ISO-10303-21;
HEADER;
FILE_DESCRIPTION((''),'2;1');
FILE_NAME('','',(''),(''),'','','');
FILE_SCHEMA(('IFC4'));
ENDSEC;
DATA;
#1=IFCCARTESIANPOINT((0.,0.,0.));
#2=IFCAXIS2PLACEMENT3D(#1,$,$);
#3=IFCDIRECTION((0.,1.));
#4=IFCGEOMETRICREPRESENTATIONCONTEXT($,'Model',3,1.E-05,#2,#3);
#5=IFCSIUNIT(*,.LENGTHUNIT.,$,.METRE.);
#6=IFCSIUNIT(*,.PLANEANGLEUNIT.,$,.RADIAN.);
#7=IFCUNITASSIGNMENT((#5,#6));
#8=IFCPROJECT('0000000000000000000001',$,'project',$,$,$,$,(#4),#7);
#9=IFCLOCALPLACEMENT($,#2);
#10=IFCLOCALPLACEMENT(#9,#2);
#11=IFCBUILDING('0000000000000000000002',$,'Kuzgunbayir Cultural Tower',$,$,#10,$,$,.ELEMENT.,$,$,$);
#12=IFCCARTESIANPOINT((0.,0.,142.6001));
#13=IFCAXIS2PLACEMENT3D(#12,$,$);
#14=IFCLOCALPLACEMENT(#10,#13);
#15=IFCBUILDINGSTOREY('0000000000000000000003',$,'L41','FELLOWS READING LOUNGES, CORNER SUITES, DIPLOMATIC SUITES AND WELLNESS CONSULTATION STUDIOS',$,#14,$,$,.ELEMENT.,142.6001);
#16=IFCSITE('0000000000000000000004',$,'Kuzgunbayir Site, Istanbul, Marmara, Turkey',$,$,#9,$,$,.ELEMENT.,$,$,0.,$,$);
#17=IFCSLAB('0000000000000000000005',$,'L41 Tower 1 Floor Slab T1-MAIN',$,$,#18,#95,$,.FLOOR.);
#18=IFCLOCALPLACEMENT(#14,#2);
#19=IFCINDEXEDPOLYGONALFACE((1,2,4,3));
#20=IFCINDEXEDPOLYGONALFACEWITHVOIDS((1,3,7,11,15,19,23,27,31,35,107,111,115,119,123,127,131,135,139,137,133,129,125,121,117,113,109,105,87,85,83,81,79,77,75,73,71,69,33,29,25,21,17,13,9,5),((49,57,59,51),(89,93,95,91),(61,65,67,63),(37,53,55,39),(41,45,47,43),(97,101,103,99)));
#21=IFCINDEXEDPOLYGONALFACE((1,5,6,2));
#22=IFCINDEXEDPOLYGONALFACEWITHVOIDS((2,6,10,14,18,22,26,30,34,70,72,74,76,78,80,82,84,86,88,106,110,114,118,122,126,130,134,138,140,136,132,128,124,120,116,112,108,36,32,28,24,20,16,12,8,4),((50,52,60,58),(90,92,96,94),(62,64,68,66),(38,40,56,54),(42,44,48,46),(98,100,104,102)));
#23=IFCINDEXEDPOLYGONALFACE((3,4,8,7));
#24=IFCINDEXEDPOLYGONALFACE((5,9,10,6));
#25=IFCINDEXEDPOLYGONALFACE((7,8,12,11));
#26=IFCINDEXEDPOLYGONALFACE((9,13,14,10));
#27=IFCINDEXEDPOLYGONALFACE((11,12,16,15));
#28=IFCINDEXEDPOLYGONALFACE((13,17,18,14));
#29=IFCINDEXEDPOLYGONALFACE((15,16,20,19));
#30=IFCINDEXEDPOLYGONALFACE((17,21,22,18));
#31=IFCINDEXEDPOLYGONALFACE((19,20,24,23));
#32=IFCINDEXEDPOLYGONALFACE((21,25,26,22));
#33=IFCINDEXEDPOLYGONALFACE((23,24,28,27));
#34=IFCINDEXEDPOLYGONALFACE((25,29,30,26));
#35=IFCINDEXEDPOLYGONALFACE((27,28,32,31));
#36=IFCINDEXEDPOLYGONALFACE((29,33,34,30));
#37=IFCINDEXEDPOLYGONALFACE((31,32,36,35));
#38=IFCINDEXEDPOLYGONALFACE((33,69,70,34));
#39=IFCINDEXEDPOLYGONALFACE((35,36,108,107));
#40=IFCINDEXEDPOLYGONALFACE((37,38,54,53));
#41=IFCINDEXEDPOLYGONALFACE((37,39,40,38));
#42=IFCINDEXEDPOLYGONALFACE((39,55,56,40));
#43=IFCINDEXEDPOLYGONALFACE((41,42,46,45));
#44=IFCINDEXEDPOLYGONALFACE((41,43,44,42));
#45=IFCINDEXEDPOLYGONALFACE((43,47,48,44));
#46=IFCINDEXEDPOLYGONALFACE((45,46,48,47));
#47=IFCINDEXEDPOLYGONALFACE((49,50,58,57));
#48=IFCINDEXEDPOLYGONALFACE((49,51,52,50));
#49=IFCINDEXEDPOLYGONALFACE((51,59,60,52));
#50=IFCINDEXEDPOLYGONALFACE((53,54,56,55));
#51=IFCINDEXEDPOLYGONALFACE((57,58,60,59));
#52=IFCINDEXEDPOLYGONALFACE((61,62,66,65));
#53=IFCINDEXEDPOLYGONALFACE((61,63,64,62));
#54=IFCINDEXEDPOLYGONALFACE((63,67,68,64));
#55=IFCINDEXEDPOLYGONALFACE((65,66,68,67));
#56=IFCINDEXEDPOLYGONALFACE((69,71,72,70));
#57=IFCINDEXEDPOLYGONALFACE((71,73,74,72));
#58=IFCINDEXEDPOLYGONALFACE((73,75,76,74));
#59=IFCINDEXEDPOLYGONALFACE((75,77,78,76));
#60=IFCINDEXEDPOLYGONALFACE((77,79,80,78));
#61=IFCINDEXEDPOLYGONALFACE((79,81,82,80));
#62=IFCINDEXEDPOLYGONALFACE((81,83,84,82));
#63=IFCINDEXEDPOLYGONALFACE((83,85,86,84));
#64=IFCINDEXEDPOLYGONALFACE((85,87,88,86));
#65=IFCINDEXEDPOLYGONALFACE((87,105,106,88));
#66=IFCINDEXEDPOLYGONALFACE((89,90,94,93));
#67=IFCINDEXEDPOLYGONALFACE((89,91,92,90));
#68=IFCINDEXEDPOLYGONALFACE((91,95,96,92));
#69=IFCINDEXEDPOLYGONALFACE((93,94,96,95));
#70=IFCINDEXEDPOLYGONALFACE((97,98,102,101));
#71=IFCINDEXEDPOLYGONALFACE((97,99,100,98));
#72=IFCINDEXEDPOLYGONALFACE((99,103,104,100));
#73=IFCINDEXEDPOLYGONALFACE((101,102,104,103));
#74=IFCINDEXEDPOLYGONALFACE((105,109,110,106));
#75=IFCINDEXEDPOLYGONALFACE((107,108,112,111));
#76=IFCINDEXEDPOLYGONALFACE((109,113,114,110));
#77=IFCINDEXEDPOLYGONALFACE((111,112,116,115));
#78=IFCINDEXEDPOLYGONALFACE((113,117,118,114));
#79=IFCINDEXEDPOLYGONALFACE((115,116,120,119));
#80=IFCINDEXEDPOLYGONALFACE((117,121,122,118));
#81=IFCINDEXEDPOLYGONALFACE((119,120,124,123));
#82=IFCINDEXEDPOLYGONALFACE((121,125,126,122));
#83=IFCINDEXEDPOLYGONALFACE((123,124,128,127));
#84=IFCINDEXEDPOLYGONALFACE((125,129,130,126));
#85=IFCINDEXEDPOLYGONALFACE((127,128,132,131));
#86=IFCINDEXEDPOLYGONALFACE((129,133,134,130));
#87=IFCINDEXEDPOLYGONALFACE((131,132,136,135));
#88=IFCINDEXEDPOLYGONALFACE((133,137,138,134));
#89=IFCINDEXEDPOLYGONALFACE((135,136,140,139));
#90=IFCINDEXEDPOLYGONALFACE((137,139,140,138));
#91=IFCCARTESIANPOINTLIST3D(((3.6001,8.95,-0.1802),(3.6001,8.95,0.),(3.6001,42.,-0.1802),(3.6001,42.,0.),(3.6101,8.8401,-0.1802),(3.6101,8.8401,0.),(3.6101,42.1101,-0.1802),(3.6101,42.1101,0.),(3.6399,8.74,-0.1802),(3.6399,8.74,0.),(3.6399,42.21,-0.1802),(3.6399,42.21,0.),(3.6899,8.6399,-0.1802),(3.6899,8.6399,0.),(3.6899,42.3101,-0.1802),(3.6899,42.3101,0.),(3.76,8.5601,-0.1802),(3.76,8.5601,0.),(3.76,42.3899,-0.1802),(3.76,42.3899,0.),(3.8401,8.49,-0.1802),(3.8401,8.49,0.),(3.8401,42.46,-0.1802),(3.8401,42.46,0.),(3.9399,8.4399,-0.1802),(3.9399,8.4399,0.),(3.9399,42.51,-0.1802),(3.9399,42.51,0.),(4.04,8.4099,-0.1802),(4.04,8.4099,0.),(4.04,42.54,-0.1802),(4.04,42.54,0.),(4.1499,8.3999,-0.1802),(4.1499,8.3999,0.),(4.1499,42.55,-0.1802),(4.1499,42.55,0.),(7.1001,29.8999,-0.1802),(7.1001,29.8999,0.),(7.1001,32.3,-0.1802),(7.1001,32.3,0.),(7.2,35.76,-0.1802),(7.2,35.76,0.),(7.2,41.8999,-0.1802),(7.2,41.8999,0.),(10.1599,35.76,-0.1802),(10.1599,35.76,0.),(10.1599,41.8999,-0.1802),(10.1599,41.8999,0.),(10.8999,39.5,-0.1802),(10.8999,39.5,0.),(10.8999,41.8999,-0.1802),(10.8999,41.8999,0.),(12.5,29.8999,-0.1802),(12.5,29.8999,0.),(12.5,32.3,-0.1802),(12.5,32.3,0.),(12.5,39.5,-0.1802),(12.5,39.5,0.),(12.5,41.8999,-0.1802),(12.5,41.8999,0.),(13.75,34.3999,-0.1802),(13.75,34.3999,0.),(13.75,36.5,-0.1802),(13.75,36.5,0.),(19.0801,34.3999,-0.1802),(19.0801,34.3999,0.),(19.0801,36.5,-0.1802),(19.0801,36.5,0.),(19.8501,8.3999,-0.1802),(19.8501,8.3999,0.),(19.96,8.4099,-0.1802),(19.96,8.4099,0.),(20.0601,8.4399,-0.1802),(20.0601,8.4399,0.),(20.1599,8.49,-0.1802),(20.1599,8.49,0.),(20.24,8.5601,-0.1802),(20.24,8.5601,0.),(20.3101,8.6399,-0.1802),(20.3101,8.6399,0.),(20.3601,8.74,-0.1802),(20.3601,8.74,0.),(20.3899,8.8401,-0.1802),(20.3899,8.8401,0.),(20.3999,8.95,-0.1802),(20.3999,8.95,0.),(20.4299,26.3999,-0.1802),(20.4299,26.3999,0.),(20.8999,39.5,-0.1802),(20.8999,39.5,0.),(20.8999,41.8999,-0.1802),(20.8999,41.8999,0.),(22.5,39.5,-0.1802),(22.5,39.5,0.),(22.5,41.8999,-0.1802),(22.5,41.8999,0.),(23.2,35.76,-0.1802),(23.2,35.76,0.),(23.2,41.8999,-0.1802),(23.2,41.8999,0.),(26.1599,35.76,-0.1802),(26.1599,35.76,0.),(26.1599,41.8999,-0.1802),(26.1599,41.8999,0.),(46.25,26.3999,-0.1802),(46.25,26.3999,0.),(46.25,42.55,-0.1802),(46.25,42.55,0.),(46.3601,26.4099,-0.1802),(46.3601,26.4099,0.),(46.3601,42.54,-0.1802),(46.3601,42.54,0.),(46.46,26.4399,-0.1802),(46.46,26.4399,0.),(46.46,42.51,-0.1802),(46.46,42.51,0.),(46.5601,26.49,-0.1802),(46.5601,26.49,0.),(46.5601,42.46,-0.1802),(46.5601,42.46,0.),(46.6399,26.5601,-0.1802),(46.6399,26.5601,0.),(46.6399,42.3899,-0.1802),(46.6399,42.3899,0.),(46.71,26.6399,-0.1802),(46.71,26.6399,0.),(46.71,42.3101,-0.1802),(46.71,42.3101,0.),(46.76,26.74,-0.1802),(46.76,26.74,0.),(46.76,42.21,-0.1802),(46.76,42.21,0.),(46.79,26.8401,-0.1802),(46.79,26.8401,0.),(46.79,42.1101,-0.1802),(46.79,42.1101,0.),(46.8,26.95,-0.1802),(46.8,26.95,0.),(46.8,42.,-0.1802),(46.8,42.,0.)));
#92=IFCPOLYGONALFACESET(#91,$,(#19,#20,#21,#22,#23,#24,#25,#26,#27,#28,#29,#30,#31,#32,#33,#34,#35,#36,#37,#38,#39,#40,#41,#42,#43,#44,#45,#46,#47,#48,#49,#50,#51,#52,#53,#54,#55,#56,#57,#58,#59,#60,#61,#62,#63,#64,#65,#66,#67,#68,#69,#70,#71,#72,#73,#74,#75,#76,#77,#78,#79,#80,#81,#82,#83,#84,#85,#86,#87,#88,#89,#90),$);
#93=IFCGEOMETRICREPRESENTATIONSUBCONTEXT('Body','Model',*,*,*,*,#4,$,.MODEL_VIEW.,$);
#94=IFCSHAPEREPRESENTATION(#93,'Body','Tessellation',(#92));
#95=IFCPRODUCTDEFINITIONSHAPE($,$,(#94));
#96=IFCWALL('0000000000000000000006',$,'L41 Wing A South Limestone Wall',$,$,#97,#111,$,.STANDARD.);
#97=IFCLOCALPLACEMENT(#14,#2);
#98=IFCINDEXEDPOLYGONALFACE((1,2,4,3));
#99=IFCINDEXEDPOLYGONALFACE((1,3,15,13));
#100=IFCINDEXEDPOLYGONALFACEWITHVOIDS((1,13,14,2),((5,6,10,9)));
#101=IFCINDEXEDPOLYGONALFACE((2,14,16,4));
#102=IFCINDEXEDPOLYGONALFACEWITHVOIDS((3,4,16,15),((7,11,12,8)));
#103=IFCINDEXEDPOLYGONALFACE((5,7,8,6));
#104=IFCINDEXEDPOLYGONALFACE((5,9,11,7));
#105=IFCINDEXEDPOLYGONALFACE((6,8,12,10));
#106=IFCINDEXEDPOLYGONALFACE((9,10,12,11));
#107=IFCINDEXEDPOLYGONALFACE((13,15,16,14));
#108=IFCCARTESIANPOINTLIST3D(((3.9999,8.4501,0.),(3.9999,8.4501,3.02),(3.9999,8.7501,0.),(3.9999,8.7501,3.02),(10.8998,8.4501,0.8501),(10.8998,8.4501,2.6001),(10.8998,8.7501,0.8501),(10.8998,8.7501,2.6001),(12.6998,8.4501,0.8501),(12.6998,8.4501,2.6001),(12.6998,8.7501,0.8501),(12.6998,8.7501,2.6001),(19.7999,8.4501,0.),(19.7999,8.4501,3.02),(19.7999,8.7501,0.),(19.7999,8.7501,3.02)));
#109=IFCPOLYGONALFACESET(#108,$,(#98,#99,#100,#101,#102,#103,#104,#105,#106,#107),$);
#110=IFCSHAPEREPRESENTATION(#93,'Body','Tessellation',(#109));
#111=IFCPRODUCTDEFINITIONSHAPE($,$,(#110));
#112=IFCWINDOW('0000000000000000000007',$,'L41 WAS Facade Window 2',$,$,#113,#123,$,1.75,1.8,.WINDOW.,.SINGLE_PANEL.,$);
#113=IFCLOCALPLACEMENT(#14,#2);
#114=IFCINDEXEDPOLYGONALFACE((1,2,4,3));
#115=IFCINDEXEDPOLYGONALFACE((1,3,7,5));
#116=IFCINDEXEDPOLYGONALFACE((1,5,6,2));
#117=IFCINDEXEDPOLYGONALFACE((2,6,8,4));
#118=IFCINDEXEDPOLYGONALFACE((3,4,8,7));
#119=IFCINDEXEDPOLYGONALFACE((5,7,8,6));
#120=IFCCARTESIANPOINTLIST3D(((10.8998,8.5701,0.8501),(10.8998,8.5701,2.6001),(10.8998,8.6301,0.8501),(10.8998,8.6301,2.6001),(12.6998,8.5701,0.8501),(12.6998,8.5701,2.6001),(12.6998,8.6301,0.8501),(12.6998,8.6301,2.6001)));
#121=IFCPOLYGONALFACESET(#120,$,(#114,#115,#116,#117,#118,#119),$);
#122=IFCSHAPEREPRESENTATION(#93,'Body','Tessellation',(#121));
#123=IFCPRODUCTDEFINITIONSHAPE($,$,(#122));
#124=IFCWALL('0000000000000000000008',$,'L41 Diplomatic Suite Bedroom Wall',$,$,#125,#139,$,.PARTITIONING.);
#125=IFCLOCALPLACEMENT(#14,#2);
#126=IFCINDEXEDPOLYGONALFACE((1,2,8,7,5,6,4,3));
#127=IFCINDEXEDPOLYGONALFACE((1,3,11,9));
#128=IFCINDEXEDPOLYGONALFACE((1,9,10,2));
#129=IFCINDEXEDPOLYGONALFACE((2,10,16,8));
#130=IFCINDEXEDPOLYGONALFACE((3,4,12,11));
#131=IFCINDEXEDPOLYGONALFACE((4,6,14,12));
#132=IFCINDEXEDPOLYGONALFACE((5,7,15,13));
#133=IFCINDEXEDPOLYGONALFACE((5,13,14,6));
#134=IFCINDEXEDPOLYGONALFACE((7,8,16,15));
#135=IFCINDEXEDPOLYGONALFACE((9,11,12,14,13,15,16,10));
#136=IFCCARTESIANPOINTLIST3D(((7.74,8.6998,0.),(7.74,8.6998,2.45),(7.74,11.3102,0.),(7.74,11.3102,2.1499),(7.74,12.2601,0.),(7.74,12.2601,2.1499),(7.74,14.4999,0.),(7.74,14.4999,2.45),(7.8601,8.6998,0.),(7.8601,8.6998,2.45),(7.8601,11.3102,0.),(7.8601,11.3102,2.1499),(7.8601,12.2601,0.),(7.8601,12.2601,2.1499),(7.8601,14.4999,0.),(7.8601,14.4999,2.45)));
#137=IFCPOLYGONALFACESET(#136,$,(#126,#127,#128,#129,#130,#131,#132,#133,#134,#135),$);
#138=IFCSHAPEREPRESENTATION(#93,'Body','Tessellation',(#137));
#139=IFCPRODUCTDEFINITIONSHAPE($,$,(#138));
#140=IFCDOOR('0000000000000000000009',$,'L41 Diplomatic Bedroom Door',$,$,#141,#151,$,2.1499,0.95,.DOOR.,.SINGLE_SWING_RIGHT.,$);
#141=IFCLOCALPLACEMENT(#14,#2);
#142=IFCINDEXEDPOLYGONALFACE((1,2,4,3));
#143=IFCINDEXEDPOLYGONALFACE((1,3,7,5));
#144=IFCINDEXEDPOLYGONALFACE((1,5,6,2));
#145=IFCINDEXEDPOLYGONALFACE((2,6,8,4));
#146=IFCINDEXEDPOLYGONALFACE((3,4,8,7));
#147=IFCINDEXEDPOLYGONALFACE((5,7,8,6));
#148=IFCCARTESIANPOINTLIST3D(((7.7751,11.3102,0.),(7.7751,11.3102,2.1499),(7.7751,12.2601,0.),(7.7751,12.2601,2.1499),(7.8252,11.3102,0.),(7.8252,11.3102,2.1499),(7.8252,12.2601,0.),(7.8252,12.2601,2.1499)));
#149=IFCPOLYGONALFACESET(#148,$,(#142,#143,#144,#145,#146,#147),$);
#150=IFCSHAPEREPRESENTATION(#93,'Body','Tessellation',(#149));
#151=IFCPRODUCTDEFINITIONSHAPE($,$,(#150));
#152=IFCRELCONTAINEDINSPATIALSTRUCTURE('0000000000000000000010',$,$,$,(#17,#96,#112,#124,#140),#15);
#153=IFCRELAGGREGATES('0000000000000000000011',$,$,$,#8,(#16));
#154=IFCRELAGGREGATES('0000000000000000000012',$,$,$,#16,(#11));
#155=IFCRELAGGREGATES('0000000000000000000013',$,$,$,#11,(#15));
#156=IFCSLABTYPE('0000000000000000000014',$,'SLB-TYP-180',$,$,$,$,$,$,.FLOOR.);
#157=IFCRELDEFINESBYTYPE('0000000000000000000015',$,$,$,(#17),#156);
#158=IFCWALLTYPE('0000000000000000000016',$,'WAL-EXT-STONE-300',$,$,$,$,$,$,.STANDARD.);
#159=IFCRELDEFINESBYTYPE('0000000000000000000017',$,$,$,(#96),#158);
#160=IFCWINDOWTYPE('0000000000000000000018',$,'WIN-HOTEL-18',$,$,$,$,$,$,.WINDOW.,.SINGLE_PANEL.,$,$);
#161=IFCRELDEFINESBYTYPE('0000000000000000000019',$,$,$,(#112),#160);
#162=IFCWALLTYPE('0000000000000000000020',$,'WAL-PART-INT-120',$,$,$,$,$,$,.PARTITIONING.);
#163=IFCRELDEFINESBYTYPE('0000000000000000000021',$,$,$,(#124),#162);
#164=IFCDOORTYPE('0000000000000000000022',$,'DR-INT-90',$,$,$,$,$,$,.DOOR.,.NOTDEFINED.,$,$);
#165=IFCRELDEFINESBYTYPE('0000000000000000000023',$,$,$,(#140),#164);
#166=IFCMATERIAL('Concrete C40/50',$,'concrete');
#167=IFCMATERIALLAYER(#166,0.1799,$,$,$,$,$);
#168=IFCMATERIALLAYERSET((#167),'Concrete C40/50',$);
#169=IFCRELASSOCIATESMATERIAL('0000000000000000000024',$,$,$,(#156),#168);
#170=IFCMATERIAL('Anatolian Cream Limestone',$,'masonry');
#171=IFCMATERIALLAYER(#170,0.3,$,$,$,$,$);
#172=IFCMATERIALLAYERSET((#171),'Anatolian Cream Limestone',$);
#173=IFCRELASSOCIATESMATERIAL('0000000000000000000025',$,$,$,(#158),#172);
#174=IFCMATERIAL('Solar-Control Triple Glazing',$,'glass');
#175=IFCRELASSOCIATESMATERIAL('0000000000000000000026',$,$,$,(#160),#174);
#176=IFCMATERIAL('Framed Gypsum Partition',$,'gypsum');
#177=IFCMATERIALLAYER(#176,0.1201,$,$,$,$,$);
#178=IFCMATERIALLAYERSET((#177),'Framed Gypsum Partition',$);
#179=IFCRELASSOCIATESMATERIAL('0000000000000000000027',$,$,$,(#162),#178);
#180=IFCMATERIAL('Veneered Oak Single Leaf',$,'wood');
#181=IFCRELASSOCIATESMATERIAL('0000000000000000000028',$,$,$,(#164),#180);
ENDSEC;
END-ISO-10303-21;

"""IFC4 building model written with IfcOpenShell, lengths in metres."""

from ifc_helpers import new_model, si_unit, direction, frame, frame_2d, origin, place, context, subcontext, project, spatial, polyline, rectangle, outline, extrude, material, layer, layer_set, type_object, element, fill, save


model = new_model("IFC4")

# Units and contexts
model_context = context("Model", 3, precision=1e-05, world=origin(), true_north=direction((0.0, 1.0)))
body_context = subcontext(model_context, "Body", "Model", "MODEL_VIEW")
ifc_project = project(units=[si_unit("LENGTHUNIT", "METRE"), si_unit("PLANEANGLEUNIT", "RADIAN")], contexts=[model_context])

# Site, building, storey
site_placement = place(None, origin())
site = spatial("IfcSite", under=ifc_project, at=site_placement, Name="Kuzgunbayir Site, Istanbul, Marmara, Turkey", CompositionType="ELEMENT", RefElevation=0.0)
building_placement = place(site_placement, origin())
building = spatial("IfcBuilding", under=site, at=building_placement, Name="Kuzgunbayir Cultural Tower", CompositionType="ELEMENT")
storey_placement = place(building_placement, frame((0.0, 0.0, 142.6001)))
storey = spatial("IfcBuildingStorey", under=building, at=storey_placement, Name="L41", Description="FELLOWS READING LOUNGES, CORNER SUITES, DIPLOMATIC SUITES AND WELLNESS CONSULTATION STUDIOS", CompositionType="ELEMENT", Elevation=142.6001)

# Shared definitions
ifc_material_1 = material(Name="Concrete C40/50", Category="concrete")

# Slab
ifc_layer_1 = layer(ifc_material_1, 0.1799)
ifc_layer_set_1 = layer_set([ifc_layer_1], Name="Concrete C40/50")
slab_type_1 = type_object("IfcSlabType", Name="SLB-TYP-180", PredefinedType="FLOOR", material=ifc_layer_set_1)
slab_1_placement = place(storey_placement, frame((0.0, 0.0, -0.1802)))
element("IfcSlab", 1, at=slab_1_placement, inside=storey, type_object=slab_type_1, Name="L41 Tower 1 Floor Slab T1-MAIN", PredefinedType="FLOOR", context=body_context, shape_type="SweptSolid", body=[
    extrude(outline(polyline([(20.3999, 8.95), (20.3899, 8.8401), (20.3601, 8.74), (20.3101, 8.6399), (20.24, 8.5601), (20.1599, 8.49), (20.0601, 8.4399), (19.96, 8.4099), (19.8501, 8.3999), (4.1499, 8.3999), (4.04, 8.4099), (3.9399, 8.4399), (3.8401, 8.49), (3.76, 8.5601), (3.6899, 8.6399), (3.6399, 8.74), (3.6101, 8.8401), (3.6001, 8.95), (3.6001, 42.0), (3.6101, 42.1101), (3.6399, 42.21), (3.6899, 42.3101), (3.76, 42.3899), (3.8401, 42.46), (3.9399, 42.51), (4.04, 42.54), (4.1499, 42.55), (46.25, 42.55), (46.3601, 42.54), (46.46, 42.51), (46.5601, 42.46), (46.6399, 42.3899), (46.71, 42.3101), (46.76, 42.21), (46.79, 42.1101), (46.8, 42.0), (46.8, 26.95), (46.79, 26.8401), (46.76, 26.74), (46.71, 26.6399), (46.6399, 26.5601), (46.5601, 26.49), (46.46, 26.4399), (46.3601, 26.4099), (46.25, 26.3999), (20.4299, 26.3999), (20.3999, 8.95)]), holes=[polyline([(7.2, 35.76), (7.2, 41.8999), (10.1599, 41.8999), (10.1599, 35.76), (7.2, 35.76)]), polyline([(23.2, 35.76), (23.2, 41.8999), (26.1599, 41.8999), (26.1599, 35.76), (23.2, 35.76)]), polyline([(13.75, 34.3999), (13.75, 36.5), (19.0801, 36.5), (19.0801, 34.3999), (13.75, 34.3999)]), polyline([(7.1001, 29.8999), (7.1001, 32.3), (12.5, 32.3), (12.5, 29.8999), (7.1001, 29.8999)]), polyline([(10.8999, 39.5), (10.8999, 41.8999), (12.5, 41.8999), (12.5, 39.5), (10.8999, 39.5)]), polyline([(20.8999, 39.5), (20.8999, 41.8999), (22.5, 41.8999), (22.5, 39.5), (20.8999, 39.5)])]), origin(), (0.0, 0.0, 1.0), 0.1802),
])

# Wall, opening, window
ifc_material_2 = material(Name="Anatolian Cream Limestone", Category="masonry")
ifc_layer_2 = layer(ifc_material_2, 0.3)
ifc_layer_set_2 = layer_set([ifc_layer_2], Name="Anatolian Cream Limestone")
wall_type_1 = type_object("IfcWallType", Name="WAL-EXT-STONE-300", PredefinedType="STANDARD", material=ifc_layer_set_2)
wall_1_placement = place(storey_placement, frame((4.0, 8.6001, 0.0), z_axis=(0.0, 0.0, 1.0), x_axis=(1.0, 0.0, 0.0)))
wall_1 = element("IfcWall", 2, at=wall_1_placement, inside=storey, type_object=wall_type_1, Name="L41 Wing A South Limestone Wall", PredefinedType="STANDARD", context=body_context, shape_type="SweptSolid", body=[
    extrude(rectangle(XDim=15.8, YDim=0.3, at=frame_2d((7.8999, 0.0))), origin(), (0.0, 0.0, 1.0), 3.02),
])
opening_1_placement = place(wall_1_placement, frame((6.8999, 0.0, 0.8501)))
opening_1 = element("IfcOpeningElement", 3, at=opening_1_placement, cuts=wall_1, PredefinedType="OPENING", context=body_context, shape_type="SweptSolid", body=[
    extrude(rectangle(XDim=1.8, YDim=1.75, at=frame_2d((0.8999, 0.875))), frame((0.0, 0.1602, 0.0), z_axis=(0.0, -1.0, 0.0), x_axis=(1.0, 0.0, 0.0)), (0.0, 0.0, 1.0), 0.3201),
])
ifc_material_3 = material(Name="Solar-Control Triple Glazing", Category="glass")
window_type = type_object("IfcWindowType", Name="WIN-HOTEL-18", PartitioningType="SINGLE_PANEL", PredefinedType="WINDOW", material=ifc_material_3)
window_placement = place(opening_1_placement, origin())
window = element("IfcWindow", 4, at=window_placement, inside=storey, type_object=window_type, Name="L41 WAS Facade Window 2", OverallHeight=1.75, OverallWidth=1.8, PartitioningType="SINGLE_PANEL", PredefinedType="WINDOW", context=body_context, shape_type="SweptSolid", body=[
    extrude(rectangle(XDim=1.8, YDim=1.75, at=frame_2d((0.8999, 0.875))), frame((0.0, 0.03, 0.0), z_axis=(0.0, -1.0, 0.0), x_axis=(1.0, 0.0, 0.0)), (0.0, 0.0, 1.0), 0.0601),
])
fill(opening_1, window)

# Wall, opening, door
ifc_material_4 = material(Name="Framed Gypsum Partition", Category="gypsum")
ifc_layer_3 = layer(ifc_material_4, 0.1201)
ifc_layer_set_3 = layer_set([ifc_layer_3], Name="Framed Gypsum Partition")
wall_type_2 = type_object("IfcWallType", Name="WAL-PART-INT-120", PredefinedType="PARTITIONING", material=ifc_layer_set_3)
wall_2_placement = place(storey_placement, frame((7.8, 8.7, 0.0), z_axis=(0.0, 0.0, 1.0), x_axis=(0.0, 1.0, 0.0)))
wall_2 = element("IfcWall", 5, at=wall_2_placement, inside=storey, type_object=wall_type_2, Name="L41 Diplomatic Suite Bedroom Wall", PredefinedType="PARTITIONING", context=body_context, shape_type="SweptSolid", body=[
    extrude(rectangle(XDim=5.8, YDim=0.1201, at=frame_2d((2.8999, 0.0))), origin(), (0.0, 0.0, 1.0), 2.45),
])
opening_2_placement = place(wall_2_placement, frame((2.6101, 0.0, 0.0)))
opening_2 = element("IfcOpeningElement", 6, at=opening_2_placement, cuts=wall_2, PredefinedType="OPENING", context=body_context, shape_type="SweptSolid", body=[
    extrude(rectangle(XDim=0.95, YDim=2.1499, at=frame_2d((0.4751, 1.075))), frame((0.0, 0.0701, 0.0), z_axis=(0.0, -1.0, 0.0), x_axis=(1.0, 0.0, 0.0)), (0.0, 0.0, 1.0), 0.1401),
])
ifc_material_5 = material(Name="Veneered Oak Single Leaf", Category="wood")
door_type_1 = type_object("IfcDoorType", Name="DR-INT-90", OperationType="NOTDEFINED", PredefinedType="DOOR", material=ifc_material_5)
door_1_placement = place(opening_2_placement, origin())
door_1 = element("IfcDoor", 7, at=door_1_placement, inside=storey, type_object=door_type_1, Name="L41 Diplomatic Bedroom Door", OperationType="SINGLE_SWING_RIGHT", OverallHeight=2.1499, OverallWidth=0.95, PredefinedType="DOOR", context=body_context, shape_type="SweptSolid", body=[
    extrude(rectangle(XDim=0.95, YDim=2.1499, at=frame_2d((0.4751, 1.075))), frame((0.0, 0.0249, 0.0), z_axis=(0.0, -1.0, 0.0), x_axis=(1.0, 0.0, 0.0)), (0.0, 0.0, 1.0), 0.05),
])
fill(opening_2, door_1)

save(model, "model.ifc")
